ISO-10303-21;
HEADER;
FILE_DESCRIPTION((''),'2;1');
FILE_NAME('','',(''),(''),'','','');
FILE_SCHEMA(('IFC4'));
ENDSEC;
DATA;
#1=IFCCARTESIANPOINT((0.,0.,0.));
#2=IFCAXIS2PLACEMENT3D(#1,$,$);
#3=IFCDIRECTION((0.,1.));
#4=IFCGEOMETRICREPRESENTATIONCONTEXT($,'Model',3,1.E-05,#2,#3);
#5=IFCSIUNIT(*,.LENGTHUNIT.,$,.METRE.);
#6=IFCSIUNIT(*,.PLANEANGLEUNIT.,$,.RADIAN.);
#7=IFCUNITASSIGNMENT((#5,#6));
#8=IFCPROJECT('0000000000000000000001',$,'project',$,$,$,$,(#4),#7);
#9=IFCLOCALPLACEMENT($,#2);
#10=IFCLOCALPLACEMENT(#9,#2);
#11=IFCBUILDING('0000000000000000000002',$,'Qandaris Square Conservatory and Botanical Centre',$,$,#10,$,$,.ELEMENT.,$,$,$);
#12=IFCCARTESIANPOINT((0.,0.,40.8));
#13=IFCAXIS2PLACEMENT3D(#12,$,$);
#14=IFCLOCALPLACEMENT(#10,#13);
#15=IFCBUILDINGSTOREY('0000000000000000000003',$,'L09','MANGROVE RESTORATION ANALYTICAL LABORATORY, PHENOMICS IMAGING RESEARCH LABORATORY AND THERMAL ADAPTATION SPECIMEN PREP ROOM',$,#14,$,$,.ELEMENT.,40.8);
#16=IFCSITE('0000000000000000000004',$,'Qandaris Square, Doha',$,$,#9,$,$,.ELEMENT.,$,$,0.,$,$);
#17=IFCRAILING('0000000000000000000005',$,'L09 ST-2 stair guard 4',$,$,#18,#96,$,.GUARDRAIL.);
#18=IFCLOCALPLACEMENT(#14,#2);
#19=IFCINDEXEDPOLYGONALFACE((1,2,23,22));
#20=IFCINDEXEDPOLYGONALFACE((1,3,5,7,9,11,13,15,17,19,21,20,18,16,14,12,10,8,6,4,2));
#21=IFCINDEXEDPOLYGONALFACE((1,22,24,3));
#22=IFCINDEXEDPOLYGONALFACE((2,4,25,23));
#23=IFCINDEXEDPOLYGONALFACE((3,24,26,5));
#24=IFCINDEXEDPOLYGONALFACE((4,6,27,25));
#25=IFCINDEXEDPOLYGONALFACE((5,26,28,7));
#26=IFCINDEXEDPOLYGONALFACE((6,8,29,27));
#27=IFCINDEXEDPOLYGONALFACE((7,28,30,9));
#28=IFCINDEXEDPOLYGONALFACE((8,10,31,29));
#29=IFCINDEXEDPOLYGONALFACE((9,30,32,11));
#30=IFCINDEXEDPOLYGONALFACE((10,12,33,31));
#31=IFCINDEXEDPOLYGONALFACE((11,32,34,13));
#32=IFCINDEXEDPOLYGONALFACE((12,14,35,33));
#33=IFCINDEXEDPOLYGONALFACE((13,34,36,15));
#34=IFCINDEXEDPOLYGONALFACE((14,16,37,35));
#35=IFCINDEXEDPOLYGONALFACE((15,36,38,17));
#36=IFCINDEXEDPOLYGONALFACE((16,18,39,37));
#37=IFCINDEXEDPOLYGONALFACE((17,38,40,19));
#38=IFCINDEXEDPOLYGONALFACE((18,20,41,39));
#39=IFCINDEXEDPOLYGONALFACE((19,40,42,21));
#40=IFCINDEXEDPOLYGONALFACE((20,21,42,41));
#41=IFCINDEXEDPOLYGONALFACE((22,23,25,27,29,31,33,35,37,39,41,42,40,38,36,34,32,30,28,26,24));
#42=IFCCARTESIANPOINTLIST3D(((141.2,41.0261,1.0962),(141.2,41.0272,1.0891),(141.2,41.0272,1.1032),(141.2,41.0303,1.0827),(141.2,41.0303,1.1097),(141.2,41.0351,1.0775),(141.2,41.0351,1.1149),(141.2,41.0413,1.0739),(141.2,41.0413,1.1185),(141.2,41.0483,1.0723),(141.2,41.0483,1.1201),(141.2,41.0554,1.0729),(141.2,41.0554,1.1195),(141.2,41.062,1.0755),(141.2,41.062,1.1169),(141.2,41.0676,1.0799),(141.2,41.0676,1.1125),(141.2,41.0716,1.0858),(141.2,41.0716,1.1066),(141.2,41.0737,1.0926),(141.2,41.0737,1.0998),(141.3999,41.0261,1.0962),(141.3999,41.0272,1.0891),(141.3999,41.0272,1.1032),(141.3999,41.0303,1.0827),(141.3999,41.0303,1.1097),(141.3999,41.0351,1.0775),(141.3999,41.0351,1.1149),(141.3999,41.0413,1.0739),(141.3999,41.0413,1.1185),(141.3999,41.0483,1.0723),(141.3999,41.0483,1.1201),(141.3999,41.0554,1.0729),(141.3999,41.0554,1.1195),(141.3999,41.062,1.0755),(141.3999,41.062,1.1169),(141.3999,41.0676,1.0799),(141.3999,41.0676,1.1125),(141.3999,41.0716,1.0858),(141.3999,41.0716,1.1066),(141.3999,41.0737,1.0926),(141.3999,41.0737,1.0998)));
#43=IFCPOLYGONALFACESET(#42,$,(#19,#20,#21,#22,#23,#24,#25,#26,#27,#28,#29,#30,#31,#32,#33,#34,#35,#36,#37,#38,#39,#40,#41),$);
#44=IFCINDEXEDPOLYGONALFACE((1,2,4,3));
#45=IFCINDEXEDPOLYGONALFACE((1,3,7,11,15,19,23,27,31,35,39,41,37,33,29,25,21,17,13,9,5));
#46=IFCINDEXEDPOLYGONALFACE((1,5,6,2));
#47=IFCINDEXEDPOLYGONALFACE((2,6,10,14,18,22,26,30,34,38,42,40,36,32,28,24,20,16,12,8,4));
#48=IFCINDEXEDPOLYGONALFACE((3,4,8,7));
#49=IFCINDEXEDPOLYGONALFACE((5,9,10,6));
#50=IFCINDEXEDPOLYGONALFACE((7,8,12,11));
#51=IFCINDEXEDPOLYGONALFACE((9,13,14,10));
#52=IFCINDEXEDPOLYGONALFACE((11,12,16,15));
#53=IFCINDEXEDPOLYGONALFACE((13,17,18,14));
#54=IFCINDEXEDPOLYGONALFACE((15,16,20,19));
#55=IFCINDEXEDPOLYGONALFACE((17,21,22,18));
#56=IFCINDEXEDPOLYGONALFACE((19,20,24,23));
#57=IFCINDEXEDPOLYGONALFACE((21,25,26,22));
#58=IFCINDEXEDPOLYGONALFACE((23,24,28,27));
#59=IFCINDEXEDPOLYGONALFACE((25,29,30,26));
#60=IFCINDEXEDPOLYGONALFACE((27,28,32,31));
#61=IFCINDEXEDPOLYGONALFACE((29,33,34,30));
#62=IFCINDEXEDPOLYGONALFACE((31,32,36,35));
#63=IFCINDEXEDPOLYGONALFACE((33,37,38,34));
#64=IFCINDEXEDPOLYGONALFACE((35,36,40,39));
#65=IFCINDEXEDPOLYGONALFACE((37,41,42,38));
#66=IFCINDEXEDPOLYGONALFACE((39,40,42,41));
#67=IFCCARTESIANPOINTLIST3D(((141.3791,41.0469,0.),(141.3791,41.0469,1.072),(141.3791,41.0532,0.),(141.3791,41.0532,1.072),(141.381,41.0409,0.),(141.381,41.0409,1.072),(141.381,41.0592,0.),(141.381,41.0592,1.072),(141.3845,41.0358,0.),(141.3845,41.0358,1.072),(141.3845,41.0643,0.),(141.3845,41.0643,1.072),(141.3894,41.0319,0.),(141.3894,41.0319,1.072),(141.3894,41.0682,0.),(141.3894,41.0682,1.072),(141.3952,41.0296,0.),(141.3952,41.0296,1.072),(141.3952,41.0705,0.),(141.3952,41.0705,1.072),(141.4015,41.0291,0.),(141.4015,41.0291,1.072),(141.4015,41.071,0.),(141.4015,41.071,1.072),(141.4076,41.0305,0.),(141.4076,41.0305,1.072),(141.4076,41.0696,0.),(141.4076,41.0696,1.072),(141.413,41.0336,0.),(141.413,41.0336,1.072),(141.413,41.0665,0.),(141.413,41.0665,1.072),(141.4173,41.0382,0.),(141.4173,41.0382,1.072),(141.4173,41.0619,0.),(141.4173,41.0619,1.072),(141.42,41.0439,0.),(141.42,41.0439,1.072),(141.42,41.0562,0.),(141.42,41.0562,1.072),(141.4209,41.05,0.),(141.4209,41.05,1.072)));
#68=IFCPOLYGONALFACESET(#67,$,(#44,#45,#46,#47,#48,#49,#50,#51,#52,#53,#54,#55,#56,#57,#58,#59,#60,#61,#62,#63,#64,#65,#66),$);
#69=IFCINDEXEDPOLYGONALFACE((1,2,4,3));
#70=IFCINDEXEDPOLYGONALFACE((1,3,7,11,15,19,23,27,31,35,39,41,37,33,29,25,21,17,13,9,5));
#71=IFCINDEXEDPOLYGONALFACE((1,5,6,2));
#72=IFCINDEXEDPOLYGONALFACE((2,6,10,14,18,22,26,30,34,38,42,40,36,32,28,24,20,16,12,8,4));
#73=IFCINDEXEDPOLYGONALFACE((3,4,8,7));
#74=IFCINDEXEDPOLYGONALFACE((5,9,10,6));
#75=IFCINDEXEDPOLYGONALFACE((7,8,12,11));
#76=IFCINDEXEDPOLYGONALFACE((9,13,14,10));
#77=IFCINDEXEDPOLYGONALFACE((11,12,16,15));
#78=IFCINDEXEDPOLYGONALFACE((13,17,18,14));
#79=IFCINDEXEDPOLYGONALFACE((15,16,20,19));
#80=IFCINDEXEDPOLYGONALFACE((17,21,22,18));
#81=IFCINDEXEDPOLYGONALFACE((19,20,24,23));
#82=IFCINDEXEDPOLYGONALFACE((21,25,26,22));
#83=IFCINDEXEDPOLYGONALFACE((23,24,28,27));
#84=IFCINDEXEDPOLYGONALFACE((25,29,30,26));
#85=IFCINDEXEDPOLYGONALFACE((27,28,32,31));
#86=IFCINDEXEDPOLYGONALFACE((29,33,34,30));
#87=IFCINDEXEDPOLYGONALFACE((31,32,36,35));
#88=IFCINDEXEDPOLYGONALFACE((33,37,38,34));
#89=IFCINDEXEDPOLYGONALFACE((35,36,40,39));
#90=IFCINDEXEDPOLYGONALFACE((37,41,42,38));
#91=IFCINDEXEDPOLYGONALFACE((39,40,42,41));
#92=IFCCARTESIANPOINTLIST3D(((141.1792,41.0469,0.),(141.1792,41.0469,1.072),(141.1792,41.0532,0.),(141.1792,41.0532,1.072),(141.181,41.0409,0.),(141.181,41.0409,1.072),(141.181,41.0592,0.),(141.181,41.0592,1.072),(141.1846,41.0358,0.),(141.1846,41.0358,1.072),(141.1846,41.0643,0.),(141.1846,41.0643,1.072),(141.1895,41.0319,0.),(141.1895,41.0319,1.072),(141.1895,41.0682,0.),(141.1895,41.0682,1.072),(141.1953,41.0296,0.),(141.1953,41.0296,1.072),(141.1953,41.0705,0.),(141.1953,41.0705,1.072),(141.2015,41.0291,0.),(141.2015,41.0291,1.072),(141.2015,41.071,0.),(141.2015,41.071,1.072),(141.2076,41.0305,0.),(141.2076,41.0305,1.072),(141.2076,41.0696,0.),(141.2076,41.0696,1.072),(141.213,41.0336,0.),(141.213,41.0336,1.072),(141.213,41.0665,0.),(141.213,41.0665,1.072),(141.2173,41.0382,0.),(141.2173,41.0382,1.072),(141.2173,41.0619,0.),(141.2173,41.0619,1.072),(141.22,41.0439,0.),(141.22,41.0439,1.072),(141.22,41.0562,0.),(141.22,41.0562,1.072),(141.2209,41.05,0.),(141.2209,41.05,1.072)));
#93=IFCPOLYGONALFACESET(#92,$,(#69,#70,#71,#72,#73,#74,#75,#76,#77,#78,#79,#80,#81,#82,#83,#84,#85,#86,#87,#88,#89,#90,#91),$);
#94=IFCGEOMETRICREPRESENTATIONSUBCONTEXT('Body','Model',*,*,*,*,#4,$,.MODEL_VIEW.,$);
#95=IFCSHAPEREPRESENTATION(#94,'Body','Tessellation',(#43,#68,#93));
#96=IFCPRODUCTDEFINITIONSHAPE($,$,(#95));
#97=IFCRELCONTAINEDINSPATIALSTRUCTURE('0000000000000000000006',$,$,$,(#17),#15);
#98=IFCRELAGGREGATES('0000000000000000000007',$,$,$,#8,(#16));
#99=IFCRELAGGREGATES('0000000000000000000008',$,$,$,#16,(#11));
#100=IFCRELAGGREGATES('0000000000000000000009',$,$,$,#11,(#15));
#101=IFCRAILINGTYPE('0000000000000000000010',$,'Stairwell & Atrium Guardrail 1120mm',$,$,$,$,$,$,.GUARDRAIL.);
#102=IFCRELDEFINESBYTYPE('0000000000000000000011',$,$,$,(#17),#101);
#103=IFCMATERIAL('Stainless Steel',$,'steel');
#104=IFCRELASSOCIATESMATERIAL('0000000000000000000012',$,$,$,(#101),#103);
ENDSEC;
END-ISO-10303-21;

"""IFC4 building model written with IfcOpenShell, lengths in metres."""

from ifc_helpers import new_model, si_unit, direction, frame, origin, origin_2d, place, context, subcontext, project, spatial, circle, extrude, material, type_object, element, save


model = new_model("IFC4")

# Units and contexts
model_context = context("Model", 3, precision=1e-05, world=origin(), true_north=direction((0.0, 1.0)))
body_context = subcontext(model_context, "Body", "Model", "MODEL_VIEW")
ifc_project = project(units=[si_unit("LENGTHUNIT", "METRE"), si_unit("PLANEANGLEUNIT", "RADIAN")], contexts=[model_context])

# Site, building, storey
site_placement = place(None, origin())
site = spatial("IfcSite", under=ifc_project, at=site_placement, Name="Qandaris Square, Doha", CompositionType="ELEMENT", RefElevation=0.0)
building_placement = place(site_placement, origin())
building = spatial("IfcBuilding", under=site, at=building_placement, Name="Qandaris Square Conservatory and Botanical Centre", CompositionType="ELEMENT")
storey_placement = place(building_placement, frame((0.0, 0.0, 40.8)))
storey = spatial("IfcBuildingStorey", under=building, at=storey_placement, Name="L09", Description="MANGROVE RESTORATION ANALYTICAL LABORATORY, PHENOMICS IMAGING RESEARCH LABORATORY AND THERMAL ADAPTATION SPECIMEN PREP ROOM", CompositionType="ELEMENT", Elevation=40.8)

# Railing
ifc_material_1 = material(Name="Stainless Steel", Category="steel")
railing_type_1 = type_object("IfcRailingType", Name="Stairwell & Atrium Guardrail 1120mm", PredefinedType="GUARDRAIL", material=ifc_material_1)
railing_1_placement = place(storey_placement, frame((141.3999, 41.05, 0.0)))
element("IfcRailing", 1, at=railing_1_placement, inside=storey, type_object=railing_type_1, Name="L09 ST-2 stair guard 4", PredefinedType="GUARDRAIL", context=body_context, shape_type="SweptSolid", body=[
    extrude(circle(Radius=0.0239, at=origin_2d()), frame((0.0, 0.0, 1.0962), z_axis=(-1.0, 0.0, 0.0), x_axis=(0.0, -1.0, 0.0)), (0.0, 0.0, 1.0), 0.2),
    extrude(circle(Radius=0.021, at=origin_2d()), origin(), (0.0, 0.0, 1.0), 1.072),
    extrude(circle(Radius=0.021, at=origin_2d()), frame((-0.2, 0.0, 0.0)), (0.0, 0.0, 1.0), 1.072),
])

save(model, "model.ifc")
